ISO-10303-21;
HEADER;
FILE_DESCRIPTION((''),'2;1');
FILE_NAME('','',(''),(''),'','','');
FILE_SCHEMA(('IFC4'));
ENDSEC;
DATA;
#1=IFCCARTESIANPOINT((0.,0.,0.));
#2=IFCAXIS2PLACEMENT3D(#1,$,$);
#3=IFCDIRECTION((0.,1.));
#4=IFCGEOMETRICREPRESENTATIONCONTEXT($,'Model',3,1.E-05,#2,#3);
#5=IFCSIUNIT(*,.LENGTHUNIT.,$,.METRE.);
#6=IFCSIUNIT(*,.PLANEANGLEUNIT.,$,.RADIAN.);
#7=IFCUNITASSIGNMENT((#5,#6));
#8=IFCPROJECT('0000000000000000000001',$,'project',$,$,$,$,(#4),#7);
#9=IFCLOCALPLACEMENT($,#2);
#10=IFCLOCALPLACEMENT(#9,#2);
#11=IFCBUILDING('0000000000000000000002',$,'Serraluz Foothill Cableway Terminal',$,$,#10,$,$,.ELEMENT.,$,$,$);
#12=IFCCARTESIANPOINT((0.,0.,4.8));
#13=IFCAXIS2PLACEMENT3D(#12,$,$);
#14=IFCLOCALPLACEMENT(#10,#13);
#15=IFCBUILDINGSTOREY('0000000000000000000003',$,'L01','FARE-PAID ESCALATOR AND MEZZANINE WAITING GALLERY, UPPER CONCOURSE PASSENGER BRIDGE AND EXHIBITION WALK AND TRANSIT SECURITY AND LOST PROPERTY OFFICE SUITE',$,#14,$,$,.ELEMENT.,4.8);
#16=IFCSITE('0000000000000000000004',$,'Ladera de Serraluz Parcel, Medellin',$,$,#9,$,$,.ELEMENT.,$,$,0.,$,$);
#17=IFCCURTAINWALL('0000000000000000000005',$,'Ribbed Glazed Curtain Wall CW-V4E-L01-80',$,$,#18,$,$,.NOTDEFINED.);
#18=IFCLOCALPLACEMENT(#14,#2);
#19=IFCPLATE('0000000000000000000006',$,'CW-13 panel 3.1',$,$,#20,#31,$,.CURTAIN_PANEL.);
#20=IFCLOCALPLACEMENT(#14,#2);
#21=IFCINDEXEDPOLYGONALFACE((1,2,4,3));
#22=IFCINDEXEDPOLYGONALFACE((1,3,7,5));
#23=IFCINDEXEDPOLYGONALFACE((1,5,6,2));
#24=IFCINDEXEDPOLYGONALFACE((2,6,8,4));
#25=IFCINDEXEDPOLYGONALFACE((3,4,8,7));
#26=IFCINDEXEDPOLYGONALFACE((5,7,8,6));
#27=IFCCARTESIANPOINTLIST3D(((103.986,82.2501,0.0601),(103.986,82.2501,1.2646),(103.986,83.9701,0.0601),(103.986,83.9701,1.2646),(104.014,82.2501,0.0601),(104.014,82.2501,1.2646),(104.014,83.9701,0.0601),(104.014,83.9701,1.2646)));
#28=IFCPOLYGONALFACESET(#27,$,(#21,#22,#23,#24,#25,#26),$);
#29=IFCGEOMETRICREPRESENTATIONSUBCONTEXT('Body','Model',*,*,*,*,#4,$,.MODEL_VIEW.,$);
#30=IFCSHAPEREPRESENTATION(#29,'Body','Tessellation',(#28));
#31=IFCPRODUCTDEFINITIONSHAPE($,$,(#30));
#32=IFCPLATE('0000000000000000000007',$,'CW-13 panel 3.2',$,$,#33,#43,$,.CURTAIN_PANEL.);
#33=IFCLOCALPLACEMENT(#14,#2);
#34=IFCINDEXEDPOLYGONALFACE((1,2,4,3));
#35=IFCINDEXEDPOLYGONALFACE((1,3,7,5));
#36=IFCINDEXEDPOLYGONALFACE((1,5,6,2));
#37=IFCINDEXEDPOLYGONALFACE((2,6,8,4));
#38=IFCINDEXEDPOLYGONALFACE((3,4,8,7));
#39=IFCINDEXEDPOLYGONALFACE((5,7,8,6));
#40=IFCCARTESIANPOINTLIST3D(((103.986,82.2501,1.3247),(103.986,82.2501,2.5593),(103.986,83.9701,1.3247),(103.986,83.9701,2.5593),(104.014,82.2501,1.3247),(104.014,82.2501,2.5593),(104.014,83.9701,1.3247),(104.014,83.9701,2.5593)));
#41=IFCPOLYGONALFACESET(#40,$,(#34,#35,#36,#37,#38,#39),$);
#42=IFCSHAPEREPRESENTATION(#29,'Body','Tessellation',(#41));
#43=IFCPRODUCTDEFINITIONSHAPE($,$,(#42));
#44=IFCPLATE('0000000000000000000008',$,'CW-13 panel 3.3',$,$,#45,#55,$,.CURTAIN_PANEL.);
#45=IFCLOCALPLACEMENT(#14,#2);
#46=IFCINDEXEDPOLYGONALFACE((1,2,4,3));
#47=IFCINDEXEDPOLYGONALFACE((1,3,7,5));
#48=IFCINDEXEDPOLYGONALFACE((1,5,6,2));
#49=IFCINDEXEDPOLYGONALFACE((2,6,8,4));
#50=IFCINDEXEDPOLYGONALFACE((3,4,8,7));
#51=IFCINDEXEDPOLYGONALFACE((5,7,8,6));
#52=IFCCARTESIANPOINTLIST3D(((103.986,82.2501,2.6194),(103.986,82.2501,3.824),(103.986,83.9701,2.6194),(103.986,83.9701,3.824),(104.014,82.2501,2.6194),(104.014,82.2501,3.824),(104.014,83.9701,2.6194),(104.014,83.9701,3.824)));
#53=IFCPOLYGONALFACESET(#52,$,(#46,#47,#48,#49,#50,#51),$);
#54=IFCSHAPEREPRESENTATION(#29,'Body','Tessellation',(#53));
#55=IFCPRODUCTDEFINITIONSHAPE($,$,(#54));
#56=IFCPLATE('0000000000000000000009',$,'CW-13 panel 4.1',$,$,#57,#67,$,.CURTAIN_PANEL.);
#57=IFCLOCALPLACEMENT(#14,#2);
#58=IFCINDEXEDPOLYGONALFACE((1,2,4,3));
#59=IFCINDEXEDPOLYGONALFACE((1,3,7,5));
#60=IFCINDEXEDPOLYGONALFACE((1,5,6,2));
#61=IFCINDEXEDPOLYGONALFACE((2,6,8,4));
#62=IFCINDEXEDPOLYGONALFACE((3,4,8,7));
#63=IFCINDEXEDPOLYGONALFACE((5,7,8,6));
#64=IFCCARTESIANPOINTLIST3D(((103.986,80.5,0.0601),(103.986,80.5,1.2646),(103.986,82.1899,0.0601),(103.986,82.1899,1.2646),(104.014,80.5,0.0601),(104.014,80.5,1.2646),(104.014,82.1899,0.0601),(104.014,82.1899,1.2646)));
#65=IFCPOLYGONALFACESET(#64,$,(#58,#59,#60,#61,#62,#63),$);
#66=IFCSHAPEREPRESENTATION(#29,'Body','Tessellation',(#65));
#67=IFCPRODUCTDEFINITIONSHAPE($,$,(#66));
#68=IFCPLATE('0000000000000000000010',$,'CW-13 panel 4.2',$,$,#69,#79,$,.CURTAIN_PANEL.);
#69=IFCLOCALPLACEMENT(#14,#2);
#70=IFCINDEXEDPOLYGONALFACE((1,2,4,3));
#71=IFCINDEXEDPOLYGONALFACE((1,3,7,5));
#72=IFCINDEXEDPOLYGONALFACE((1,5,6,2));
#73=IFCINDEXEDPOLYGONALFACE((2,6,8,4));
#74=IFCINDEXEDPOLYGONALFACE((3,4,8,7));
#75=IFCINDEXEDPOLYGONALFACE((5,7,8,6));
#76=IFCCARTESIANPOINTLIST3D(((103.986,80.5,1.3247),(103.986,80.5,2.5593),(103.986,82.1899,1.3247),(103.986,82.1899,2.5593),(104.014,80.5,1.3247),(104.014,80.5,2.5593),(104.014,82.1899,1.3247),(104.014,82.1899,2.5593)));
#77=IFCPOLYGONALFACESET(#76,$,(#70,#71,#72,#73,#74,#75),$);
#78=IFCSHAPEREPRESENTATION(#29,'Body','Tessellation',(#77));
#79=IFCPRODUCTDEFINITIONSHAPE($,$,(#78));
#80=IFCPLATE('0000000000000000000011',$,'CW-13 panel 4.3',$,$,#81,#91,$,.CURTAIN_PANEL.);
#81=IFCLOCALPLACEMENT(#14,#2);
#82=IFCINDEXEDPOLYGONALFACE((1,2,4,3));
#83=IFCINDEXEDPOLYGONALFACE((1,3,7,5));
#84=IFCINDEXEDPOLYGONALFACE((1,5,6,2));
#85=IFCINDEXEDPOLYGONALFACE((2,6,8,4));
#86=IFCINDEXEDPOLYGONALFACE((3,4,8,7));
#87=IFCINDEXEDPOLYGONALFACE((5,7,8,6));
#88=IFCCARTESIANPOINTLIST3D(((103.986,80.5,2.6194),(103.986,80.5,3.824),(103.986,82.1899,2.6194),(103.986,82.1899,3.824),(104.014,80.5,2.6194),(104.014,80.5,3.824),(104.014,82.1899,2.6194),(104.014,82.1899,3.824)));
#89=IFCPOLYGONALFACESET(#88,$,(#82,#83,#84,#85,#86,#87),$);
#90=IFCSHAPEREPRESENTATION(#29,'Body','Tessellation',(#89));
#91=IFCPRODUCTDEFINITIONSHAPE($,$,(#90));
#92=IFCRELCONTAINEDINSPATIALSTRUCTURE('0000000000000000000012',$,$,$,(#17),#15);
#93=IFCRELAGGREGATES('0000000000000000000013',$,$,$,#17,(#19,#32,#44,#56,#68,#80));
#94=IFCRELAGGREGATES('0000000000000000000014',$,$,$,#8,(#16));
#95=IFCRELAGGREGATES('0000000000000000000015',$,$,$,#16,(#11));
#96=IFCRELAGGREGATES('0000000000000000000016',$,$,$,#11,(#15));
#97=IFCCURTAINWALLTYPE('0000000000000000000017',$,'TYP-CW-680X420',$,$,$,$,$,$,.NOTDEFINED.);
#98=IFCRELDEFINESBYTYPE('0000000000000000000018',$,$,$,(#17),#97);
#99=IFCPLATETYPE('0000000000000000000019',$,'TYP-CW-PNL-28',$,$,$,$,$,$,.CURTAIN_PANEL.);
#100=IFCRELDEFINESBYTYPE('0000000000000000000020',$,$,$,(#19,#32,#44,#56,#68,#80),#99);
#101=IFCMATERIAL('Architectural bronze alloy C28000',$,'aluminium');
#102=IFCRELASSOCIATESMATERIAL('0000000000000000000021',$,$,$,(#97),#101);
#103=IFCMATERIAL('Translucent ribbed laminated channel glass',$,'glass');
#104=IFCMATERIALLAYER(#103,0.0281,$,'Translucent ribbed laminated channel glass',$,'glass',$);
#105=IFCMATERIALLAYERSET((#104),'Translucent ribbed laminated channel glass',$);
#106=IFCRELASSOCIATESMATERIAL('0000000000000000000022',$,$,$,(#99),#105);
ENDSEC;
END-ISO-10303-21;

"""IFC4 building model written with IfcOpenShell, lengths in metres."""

from ifc_helpers import new_model, si_unit, direction, frame, origin, origin_2d, place, context, subcontext, project, spatial, rectangle, extrude, material, layer, layer_set, type_object, element, aggregate, save


model = new_model("IFC4")

# Units and contexts
model_context = context("Model", 3, precision=1e-05, world=origin(), true_north=direction((0.0, 1.0)))
body_context = subcontext(model_context, "Body", "Model", "MODEL_VIEW")
ifc_project = project(units=[si_unit("LENGTHUNIT", "METRE"), si_unit("PLANEANGLEUNIT", "RADIAN")], contexts=[model_context])

# Site, building, storey
site_placement = place(None, origin())
site = spatial("IfcSite", under=ifc_project, at=site_placement, Name="Ladera de Serraluz Parcel, Medellin", CompositionType="ELEMENT", RefElevation=0.0)
building_placement = place(site_placement, origin())
building = spatial("IfcBuilding", under=site, at=building_placement, Name="Serraluz Foothill Cableway Terminal", CompositionType="ELEMENT")
storey_placement = place(building_placement, frame((0.0, 0.0, 4.8)))
storey = spatial("IfcBuildingStorey", under=building, at=storey_placement, Name="L01", Description="FARE-PAID ESCALATOR AND MEZZANINE WAITING GALLERY, UPPER CONCOURSE PASSENGER BRIDGE AND EXHIBITION WALK AND TRANSIT SECURITY AND LOST PROPERTY OFFICE SUITE", CompositionType="ELEMENT", Elevation=4.8)

# Curtain wall
ifc_material_1 = material(Name="Architectural bronze alloy C28000", Category="aluminium")
curtain_wall_type = type_object("IfcCurtainWallType", Name="TYP-CW-680X420", PredefinedType="NOTDEFINED", material=ifc_material_1)
curtain_wall_1_placement = place(storey_placement, origin())
curtain_wall_1 = element("IfcCurtainWall", 1, at=curtain_wall_1_placement, inside=storey, type_object=curtain_wall_type, Name="Ribbed Glazed Curtain Wall CW-V4E-L01-80", PredefinedType="NOTDEFINED")

# Plates
ifc_material_2 = material(Name="Translucent ribbed laminated channel glass", Category="glass")
ifc_layer = layer(ifc_material_2, 0.0281, Name="Translucent ribbed laminated channel glass", Category="glass")
ifc_layer_set = layer_set([ifc_layer], Name="Translucent ribbed laminated channel glass")
plate_type = type_object("IfcPlateType", Name="TYP-CW-PNL-28", PredefinedType="CURTAIN_PANEL", material=ifc_layer_set)
plate_1_placement = place(storey_placement, frame((104.0, 83.1101, 0.0601), z_axis=(0.0, 0.0, 1.0), x_axis=(0.0, -1.0, 0.0)))
plate_1 = element("IfcPlate", 2, at=plate_1_placement, type_object=plate_type, Name="CW-13 panel 3.1", PredefinedType="CURTAIN_PANEL", context=body_context, shape_type="SweptSolid", body=[
    extrude(rectangle(XDim=1.72, YDim=0.0281, at=origin_2d()), origin(), (0.0, 0.0, 1.0), 1.2046),
])
plate_2_placement = place(storey_placement, frame((104.0, 83.1101, 1.3247), z_axis=(0.0, 0.0, 1.0), x_axis=(0.0, -1.0, 0.0)))
plate_2 = element("IfcPlate", 3, at=plate_2_placement, type_object=plate_type, Name="CW-13 panel 3.2", PredefinedType="CURTAIN_PANEL", context=body_context, shape_type="SweptSolid", body=[
    extrude(rectangle(XDim=1.72, YDim=0.0281, at=origin_2d()), origin(), (0.0, 0.0, 1.0), 1.2346),
])
plate_3_placement = place(storey_placement, frame((104.0, 83.1101, 2.6194), z_axis=(0.0, 0.0, 1.0), x_axis=(0.0, -1.0, 0.0)))
plate_3 = element("IfcPlate", 4, at=plate_3_placement, type_object=plate_type, Name="CW-13 panel 3.3", PredefinedType="CURTAIN_PANEL", context=body_context, shape_type="SweptSolid", body=[
    extrude(rectangle(XDim=1.72, YDim=0.0281, at=origin_2d()), origin(), (0.0, 0.0, 1.0), 1.2046),
])
plate_4_placement = place(storey_placement, frame((104.0, 81.345, 0.0601), z_axis=(0.0, 0.0, 1.0), x_axis=(0.0, -1.0, 0.0)))
plate_4 = element("IfcPlate", 5, at=plate_4_placement, type_object=plate_type, Name="CW-13 panel 4.1", PredefinedType="CURTAIN_PANEL", context=body_context, shape_type="SweptSolid", body=[
    extrude(rectangle(XDim=1.6899, YDim=0.0281, at=origin_2d()), origin(), (0.0, 0.0, 1.0), 1.2046),
])
plate_5_placement = place(storey_placement, frame((104.0, 81.345, 1.3247), z_axis=(0.0, 0.0, 1.0), x_axis=(0.0, -1.0, 0.0)))
plate_5 = element("IfcPlate", 6, at=plate_5_placement, type_object=plate_type, Name="CW-13 panel 4.2", PredefinedType="CURTAIN_PANEL", context=body_context, shape_type="SweptSolid", body=[
    extrude(rectangle(XDim=1.6899, YDim=0.0281, at=origin_2d()), origin(), (0.0, 0.0, 1.0), 1.2346),
])
plate_6_placement = place(storey_placement, frame((104.0, 81.345, 2.6194), z_axis=(0.0, 0.0, 1.0), x_axis=(0.0, -1.0, 0.0)))
plate_6 = element("IfcPlate", 7, at=plate_6_placement, type_object=plate_type, Name="CW-13 panel 4.3", PredefinedType="CURTAIN_PANEL", context=body_context, shape_type="SweptSolid", body=[
    extrude(rectangle(XDim=1.6899, YDim=0.0281, at=origin_2d()), origin(), (0.0, 0.0, 1.0), 1.2046),
])
aggregate(curtain_wall_1, [plate_1, plate_2, plate_3, plate_4, plate_5, plate_6])

save(model, "model.ifc")
